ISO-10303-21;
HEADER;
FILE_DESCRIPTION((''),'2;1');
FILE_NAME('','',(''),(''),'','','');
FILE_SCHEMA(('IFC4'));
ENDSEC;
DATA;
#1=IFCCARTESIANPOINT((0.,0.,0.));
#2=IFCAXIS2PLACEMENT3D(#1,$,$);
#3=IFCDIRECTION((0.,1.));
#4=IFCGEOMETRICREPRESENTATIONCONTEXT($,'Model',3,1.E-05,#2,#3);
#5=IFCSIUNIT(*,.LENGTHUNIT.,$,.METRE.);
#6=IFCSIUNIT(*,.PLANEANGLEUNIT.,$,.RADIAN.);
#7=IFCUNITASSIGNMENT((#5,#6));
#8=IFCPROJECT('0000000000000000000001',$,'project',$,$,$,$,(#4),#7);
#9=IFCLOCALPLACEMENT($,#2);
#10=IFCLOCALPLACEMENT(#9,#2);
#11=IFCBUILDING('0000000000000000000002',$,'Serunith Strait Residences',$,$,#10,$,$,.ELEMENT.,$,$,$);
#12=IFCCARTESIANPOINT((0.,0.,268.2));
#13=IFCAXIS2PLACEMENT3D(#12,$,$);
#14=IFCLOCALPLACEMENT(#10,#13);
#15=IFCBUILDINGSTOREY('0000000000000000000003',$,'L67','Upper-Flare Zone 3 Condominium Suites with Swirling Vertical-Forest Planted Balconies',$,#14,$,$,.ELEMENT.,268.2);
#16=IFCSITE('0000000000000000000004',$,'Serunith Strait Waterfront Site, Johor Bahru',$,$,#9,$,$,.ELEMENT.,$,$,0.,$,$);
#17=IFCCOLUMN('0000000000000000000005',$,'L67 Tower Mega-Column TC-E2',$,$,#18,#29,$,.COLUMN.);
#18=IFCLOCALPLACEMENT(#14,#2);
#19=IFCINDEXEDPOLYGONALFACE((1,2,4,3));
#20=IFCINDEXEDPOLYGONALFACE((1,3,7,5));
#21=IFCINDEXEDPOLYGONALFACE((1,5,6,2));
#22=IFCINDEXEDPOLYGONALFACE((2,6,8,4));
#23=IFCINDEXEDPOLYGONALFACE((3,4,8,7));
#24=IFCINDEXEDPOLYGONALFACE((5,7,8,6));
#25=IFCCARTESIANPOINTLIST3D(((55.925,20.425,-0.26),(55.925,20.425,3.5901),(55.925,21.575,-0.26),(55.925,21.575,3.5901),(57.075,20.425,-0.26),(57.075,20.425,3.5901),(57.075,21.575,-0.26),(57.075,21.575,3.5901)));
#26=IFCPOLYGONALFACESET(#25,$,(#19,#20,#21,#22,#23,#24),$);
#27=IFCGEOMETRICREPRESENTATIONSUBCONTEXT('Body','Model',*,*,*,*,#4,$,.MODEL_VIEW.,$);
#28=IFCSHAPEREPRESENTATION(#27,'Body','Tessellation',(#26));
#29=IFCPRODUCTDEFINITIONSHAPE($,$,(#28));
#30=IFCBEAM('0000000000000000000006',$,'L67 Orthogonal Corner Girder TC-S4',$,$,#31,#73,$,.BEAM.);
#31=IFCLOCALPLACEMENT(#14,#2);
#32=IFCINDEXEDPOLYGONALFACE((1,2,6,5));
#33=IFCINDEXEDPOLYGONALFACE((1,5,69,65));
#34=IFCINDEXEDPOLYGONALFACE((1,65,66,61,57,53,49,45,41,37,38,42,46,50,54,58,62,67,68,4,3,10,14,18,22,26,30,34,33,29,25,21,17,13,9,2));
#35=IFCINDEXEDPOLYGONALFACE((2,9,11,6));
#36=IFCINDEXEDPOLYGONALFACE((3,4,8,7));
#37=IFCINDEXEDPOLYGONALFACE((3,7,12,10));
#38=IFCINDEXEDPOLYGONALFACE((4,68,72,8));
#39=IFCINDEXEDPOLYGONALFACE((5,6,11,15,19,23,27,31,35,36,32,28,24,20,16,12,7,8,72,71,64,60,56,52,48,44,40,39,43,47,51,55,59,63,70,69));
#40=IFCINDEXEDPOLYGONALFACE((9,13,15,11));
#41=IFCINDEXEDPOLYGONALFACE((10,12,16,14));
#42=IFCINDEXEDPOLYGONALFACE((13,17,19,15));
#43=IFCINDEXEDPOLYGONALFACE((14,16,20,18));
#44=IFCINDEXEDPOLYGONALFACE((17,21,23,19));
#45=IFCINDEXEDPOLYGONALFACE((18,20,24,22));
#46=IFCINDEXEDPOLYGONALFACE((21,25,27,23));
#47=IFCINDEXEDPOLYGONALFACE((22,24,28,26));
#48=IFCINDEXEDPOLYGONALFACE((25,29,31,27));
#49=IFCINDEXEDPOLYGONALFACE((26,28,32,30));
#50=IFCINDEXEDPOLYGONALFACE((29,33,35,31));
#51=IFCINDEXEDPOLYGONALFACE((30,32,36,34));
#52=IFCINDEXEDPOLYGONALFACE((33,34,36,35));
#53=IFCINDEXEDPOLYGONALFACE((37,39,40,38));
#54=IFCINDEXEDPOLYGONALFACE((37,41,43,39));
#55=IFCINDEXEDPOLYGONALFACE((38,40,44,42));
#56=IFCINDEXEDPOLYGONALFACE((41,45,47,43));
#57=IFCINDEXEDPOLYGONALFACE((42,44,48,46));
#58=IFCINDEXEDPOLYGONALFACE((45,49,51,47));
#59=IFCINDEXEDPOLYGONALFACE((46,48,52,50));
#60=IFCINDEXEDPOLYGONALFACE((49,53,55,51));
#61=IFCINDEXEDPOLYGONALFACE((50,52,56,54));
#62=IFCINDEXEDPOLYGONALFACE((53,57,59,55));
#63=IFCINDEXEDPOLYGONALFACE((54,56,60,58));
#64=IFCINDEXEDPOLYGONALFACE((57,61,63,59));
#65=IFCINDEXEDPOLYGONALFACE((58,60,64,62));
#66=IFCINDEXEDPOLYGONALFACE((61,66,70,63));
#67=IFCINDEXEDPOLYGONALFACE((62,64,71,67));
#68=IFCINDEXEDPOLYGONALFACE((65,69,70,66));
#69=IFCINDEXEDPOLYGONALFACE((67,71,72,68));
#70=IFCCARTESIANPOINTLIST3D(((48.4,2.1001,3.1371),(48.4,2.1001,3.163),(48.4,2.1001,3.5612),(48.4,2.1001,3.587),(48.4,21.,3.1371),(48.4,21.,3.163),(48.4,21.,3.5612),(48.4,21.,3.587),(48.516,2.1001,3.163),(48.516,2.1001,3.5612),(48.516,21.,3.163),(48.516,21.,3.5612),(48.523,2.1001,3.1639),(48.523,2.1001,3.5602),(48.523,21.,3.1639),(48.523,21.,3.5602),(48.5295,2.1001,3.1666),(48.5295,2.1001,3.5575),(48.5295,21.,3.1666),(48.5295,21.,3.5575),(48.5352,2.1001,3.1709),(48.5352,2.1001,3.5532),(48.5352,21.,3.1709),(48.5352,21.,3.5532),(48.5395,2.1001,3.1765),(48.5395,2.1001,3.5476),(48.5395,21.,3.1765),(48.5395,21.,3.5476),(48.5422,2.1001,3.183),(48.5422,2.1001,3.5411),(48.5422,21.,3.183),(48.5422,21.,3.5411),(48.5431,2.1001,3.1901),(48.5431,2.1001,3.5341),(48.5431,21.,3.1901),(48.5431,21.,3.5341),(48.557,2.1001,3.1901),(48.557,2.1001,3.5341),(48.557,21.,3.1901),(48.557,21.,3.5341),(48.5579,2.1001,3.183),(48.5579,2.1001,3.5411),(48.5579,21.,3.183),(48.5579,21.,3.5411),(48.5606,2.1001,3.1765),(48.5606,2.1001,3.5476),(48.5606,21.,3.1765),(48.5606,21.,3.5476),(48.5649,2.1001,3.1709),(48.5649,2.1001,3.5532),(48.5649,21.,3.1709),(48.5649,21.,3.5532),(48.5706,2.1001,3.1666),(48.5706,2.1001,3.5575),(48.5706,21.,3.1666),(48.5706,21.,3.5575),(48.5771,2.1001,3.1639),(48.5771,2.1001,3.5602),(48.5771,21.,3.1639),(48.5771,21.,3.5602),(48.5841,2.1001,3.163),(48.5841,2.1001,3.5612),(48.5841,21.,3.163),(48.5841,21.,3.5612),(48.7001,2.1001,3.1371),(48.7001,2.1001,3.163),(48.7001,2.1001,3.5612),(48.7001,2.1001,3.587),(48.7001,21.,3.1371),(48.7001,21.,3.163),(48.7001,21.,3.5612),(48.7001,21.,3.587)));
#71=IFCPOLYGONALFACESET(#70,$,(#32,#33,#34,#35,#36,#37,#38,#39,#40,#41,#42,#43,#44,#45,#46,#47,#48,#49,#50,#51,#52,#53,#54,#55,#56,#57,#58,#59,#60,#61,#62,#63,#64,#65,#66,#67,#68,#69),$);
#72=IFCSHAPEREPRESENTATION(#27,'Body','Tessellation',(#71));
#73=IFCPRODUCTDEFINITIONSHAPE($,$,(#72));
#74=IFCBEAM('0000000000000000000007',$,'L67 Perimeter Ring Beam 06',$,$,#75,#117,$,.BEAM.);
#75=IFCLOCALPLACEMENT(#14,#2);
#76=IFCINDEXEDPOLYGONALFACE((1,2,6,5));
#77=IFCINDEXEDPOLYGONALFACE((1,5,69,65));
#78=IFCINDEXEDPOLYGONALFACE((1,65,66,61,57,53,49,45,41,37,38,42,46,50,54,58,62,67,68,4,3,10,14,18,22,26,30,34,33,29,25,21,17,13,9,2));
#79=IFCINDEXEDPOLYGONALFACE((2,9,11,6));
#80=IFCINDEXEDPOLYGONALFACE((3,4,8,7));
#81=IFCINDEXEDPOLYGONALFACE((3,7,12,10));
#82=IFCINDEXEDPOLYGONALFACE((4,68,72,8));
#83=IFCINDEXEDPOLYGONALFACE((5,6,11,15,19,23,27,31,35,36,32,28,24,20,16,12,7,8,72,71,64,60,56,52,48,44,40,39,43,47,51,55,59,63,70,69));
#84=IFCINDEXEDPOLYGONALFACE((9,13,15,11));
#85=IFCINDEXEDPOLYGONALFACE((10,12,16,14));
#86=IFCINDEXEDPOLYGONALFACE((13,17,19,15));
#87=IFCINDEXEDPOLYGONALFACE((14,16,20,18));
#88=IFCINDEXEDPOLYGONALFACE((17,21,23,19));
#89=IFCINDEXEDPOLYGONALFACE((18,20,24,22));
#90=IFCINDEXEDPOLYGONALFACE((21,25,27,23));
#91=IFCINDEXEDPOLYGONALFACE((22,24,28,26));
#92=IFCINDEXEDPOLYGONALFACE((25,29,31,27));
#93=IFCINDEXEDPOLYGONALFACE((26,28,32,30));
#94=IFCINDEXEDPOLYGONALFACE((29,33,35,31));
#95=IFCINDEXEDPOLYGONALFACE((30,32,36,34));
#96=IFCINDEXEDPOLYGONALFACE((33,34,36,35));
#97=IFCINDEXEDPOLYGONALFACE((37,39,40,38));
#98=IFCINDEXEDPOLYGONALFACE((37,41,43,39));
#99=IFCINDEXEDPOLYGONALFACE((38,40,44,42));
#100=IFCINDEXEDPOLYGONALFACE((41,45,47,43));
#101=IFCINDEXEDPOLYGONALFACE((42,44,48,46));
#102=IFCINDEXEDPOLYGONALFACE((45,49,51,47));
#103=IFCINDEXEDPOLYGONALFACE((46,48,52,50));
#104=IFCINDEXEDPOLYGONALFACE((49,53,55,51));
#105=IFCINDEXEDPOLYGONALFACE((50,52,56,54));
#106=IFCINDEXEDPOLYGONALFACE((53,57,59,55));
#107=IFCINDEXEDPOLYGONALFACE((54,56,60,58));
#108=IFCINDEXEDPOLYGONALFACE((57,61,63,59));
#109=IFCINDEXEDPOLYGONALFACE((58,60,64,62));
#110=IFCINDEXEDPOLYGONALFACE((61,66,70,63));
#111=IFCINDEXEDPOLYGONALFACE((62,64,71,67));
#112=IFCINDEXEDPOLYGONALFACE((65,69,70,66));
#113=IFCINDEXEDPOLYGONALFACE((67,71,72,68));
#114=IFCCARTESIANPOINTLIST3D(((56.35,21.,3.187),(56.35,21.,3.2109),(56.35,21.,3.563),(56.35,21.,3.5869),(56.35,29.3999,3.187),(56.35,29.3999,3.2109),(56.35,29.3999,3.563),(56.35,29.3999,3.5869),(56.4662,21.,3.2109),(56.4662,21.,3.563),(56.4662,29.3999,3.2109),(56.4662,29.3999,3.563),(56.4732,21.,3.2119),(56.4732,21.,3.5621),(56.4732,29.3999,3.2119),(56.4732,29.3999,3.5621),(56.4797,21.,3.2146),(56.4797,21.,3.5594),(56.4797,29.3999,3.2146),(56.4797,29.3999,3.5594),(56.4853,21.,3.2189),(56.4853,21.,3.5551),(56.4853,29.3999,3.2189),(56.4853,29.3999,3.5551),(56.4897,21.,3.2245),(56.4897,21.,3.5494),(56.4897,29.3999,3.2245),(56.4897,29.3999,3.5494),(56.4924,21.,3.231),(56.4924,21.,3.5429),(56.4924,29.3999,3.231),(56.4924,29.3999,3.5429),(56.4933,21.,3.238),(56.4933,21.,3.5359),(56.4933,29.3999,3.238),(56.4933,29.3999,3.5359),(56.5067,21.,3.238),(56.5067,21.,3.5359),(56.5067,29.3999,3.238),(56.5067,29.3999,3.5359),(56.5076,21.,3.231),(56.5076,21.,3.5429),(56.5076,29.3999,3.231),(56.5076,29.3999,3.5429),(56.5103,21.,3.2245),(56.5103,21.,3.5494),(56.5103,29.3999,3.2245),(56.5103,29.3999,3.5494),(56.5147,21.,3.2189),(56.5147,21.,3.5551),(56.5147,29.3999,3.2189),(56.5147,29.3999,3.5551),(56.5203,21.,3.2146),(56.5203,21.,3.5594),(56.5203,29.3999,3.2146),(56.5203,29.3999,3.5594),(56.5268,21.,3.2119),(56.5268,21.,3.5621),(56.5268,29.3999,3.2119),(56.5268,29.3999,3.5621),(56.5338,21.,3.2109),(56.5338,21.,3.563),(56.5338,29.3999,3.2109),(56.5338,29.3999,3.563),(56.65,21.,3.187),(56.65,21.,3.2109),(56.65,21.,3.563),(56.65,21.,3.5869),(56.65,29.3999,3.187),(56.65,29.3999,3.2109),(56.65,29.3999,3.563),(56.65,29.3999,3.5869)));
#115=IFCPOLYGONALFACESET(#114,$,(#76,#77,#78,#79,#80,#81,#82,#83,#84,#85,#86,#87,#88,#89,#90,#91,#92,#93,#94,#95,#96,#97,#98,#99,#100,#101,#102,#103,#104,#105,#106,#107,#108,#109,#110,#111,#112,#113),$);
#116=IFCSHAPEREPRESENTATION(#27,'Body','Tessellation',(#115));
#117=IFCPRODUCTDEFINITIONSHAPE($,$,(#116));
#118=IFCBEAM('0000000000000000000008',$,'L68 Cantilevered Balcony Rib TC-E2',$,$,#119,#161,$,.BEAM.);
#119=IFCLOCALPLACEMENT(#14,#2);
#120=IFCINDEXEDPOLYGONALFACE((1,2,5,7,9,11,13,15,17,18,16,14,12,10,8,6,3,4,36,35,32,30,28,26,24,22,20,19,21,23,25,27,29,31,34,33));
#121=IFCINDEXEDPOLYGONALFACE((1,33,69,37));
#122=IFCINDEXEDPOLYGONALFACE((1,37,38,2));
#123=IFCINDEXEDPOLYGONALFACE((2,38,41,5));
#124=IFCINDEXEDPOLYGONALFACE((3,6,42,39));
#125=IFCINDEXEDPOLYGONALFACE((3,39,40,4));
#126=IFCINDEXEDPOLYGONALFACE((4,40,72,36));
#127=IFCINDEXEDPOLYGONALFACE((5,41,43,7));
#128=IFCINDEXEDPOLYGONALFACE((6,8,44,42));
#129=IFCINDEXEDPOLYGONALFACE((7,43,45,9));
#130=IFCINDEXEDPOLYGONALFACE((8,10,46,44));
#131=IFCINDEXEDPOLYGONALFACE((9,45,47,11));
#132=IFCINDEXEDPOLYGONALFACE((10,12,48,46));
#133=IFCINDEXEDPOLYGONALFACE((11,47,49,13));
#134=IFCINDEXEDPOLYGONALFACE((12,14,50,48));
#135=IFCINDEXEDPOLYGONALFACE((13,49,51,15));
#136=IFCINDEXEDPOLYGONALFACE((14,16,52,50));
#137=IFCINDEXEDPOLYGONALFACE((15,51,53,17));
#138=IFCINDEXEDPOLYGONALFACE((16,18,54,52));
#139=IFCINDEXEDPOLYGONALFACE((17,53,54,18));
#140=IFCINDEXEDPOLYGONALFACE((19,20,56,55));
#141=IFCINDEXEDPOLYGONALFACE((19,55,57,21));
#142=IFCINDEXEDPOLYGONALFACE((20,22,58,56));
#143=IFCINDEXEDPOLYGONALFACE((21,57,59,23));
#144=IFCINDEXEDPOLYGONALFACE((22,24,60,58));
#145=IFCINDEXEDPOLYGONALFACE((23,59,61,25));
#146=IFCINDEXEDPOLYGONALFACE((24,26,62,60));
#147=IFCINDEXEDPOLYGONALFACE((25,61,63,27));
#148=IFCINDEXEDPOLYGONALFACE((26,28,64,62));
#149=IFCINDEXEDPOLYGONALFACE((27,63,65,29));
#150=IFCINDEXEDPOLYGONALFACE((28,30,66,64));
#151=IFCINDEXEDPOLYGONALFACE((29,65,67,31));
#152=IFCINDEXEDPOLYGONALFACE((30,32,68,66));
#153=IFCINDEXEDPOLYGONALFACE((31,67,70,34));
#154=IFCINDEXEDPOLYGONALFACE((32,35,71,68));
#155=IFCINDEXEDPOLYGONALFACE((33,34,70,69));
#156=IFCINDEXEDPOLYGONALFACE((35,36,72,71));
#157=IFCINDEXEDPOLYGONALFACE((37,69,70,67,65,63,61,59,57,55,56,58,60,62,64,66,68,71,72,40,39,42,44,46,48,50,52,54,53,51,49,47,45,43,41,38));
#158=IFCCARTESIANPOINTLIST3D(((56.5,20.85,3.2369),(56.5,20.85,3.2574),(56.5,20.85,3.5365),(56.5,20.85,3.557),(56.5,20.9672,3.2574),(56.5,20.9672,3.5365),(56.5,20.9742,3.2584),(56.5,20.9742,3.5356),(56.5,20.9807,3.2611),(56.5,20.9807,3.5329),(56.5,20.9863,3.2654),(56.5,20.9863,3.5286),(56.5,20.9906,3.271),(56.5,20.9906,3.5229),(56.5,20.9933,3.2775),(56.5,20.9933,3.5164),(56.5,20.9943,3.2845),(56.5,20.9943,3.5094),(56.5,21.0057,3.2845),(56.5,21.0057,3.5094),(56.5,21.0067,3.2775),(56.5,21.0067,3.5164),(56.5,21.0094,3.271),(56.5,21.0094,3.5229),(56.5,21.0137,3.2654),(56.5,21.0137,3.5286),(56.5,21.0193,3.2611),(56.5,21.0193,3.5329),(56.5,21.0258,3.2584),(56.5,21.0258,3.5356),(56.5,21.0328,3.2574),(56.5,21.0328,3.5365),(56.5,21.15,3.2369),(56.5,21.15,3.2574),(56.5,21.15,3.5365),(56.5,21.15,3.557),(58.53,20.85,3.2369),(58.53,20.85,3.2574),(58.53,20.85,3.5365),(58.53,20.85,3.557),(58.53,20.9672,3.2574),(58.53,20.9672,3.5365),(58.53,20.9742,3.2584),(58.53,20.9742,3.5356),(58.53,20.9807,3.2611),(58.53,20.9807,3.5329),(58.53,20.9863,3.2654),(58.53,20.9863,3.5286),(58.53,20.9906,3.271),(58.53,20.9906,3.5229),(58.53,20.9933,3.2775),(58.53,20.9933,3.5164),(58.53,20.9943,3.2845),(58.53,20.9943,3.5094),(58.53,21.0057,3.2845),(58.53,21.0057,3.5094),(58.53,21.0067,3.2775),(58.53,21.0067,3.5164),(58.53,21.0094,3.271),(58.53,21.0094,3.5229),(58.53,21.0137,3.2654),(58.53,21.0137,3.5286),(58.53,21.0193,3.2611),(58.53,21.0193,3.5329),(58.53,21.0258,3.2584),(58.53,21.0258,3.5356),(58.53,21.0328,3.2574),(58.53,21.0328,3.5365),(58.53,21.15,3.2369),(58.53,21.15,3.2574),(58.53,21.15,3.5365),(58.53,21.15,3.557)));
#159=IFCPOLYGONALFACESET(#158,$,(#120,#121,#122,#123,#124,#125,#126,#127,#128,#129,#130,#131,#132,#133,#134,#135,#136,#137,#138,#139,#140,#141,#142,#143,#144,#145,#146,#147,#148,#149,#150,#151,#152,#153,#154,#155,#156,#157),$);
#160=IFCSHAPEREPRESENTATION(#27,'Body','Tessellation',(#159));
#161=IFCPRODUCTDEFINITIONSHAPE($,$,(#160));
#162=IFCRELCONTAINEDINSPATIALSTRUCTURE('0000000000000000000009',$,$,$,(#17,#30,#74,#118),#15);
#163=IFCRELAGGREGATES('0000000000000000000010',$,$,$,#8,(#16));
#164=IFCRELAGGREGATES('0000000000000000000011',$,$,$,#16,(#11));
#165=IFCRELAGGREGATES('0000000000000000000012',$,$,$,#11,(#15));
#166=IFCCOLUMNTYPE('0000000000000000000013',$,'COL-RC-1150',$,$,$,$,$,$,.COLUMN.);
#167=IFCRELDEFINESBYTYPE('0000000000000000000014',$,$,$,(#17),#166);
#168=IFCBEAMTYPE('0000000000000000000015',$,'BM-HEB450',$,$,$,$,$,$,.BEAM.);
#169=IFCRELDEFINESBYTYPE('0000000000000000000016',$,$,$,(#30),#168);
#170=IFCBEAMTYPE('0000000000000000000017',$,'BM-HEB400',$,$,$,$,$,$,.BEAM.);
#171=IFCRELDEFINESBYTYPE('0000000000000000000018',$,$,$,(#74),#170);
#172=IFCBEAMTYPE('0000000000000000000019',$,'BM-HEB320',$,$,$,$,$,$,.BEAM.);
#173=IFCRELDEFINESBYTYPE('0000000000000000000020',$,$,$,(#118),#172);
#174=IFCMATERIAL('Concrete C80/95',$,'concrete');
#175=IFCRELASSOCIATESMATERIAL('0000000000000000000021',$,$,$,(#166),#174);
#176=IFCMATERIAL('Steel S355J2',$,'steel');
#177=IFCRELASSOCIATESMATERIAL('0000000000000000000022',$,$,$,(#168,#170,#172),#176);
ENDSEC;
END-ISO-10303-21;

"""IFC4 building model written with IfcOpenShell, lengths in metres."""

from ifc_helpers import new_model, si_unit, direction, frame, origin, origin_2d, place, context, subcontext, project, spatial, rectangle, i_section, extrude, source, transform, mapped, material, material_profile, profile_set, type_object, element, save


model = new_model("IFC4")

# Units and contexts
model_context = context("Model", 3, precision=1e-05, world=origin(), true_north=direction((0.0, 1.0)))
body_context = subcontext(model_context, "Body", "Model", "MODEL_VIEW")
ifc_project = project(units=[si_unit("LENGTHUNIT", "METRE"), si_unit("PLANEANGLEUNIT", "RADIAN")], contexts=[model_context])

# Site, building, storey
site_placement = place(None, origin())
site = spatial("IfcSite", under=ifc_project, at=site_placement, Name="Serunith Strait Waterfront Site, Johor Bahru", CompositionType="ELEMENT", RefElevation=0.0)
building_placement = place(site_placement, origin())
building = spatial("IfcBuilding", under=site, at=building_placement, Name="Serunith Strait Residences", CompositionType="ELEMENT")
storey_placement = place(building_placement, frame((0.0, 0.0, 268.2)))
storey = spatial("IfcBuildingStorey", under=building, at=storey_placement, Name="L67", Description="Upper-Flare Zone 3 Condominium Suites with Swirling Vertical-Forest Planted Balconies", CompositionType="ELEMENT", Elevation=268.2)

# Column
ifc_material_1 = material(Name="Concrete C80/95", Category="concrete")
ifc_material_profile_1 = material_profile(ifc_material_1, rectangle(XDim=1.1499, YDim=1.1499, at=origin_2d()), Name="RC 1150x1150")
ifc_profile_set_1 = profile_set([ifc_material_profile_1], Name="Concrete C80/95")
column_type = type_object("IfcColumnType", Name="COL-RC-1150", PredefinedType="COLUMN", material=ifc_profile_set_1)
shared_shape_1 = source(origin(), body_context, "Body", "SweptSolid", [
    extrude(rectangle(XDim=1.1499, YDim=1.1499, at=origin_2d()), origin(), (0.0, 0.0, 1.0), 3.8501),
])
column_placement = place(storey_placement, frame((56.5, 21.0, -0.26), z_axis=(0.0, 0.0, 1.0), x_axis=(1.0, 0.0, 0.0)))
element("IfcColumn", 1, at=column_placement, inside=storey, type_object=column_type, Name="L67 Tower Mega-Column TC-E2", PredefinedType="COLUMN", context=body_context, shape_type="MappedRepresentation", body=[
    mapped(shared_shape_1, transform((0.0, 0.0, 0.0), scale=1.0)),
])

# Beams
ifc_material_2 = material(Name="Steel S355J2", Category="steel")
ifc_material_profile_2 = material_profile(ifc_material_2, i_section(OverallWidth=0.3, OverallDepth=0.45, WebThickness=0.0139, FlangeThickness=0.0259, FilletRadius=0.0271, at=origin_2d()), Name="HEB 450")
ifc_profile_set_2 = profile_set([ifc_material_profile_2], Name="Steel S355J2")
beam_type_1 = type_object("IfcBeamType", Name="BM-HEB450", PredefinedType="BEAM", material=ifc_profile_set_2)
shared_shape_2 = source(origin(), body_context, "Body", "SweptSolid", [
    extrude(i_section(OverallWidth=0.3, OverallDepth=0.45, WebThickness=0.0139, FlangeThickness=0.0259, FilletRadius=0.0271, at=origin_2d()), origin(), (0.0, 0.0, 1.0), 18.8999),
])
beam_1_placement = place(storey_placement, frame((48.55, 21.0, 3.3621), z_axis=(0.0, -1.0, 0.0), x_axis=(1.0, 0.0, 0.0)))
element("IfcBeam", 2, at=beam_1_placement, inside=storey, type_object=beam_type_1, Name="L67 Orthogonal Corner Girder TC-S4", PredefinedType="BEAM", context=body_context, shape_type="MappedRepresentation", body=[
    mapped(shared_shape_2, transform((0.0, 0.0, 0.0), scale=1.0)),
])
ifc_material_profile_3 = material_profile(ifc_material_2, i_section(OverallWidth=0.3, OverallDepth=0.3999, WebThickness=0.0134, FlangeThickness=0.0239, FilletRadius=0.0271, at=origin_2d()), Name="HEB 400")
ifc_profile_set_3 = profile_set([ifc_material_profile_3], Name="Steel S355J2")
beam_type_2 = type_object("IfcBeamType", Name="BM-HEB400", PredefinedType="BEAM", material=ifc_profile_set_3)
shared_shape_3 = source(origin(), body_context, "Body", "SweptSolid", [
    extrude(i_section(OverallWidth=0.3, OverallDepth=0.3999, WebThickness=0.0134, FlangeThickness=0.0239, FilletRadius=0.0271, at=origin_2d()), origin(), (0.0, 0.0, 1.0), 8.3999),
])
beam_2_placement = place(storey_placement, frame((56.5, 21.0, 3.387), z_axis=(0.0, 1.0, 0.0), x_axis=(-1.0, 0.0, 0.0)))
element("IfcBeam", 3, at=beam_2_placement, inside=storey, type_object=beam_type_2, Name="L67 Perimeter Ring Beam 06", PredefinedType="BEAM", context=body_context, shape_type="MappedRepresentation", body=[
    mapped(shared_shape_3, transform((0.0, 0.0, 0.0), scale=1.0)),
])
ifc_material_profile_4 = material_profile(ifc_material_2, i_section(OverallWidth=0.3, OverallDepth=0.3201, WebThickness=0.0115, FlangeThickness=0.0205, FilletRadius=0.0271, at=origin_2d()), Name="HEB 320")
ifc_profile_set_4 = profile_set([ifc_material_profile_4], Name="Steel S355J2")
beam_type_3 = type_object("IfcBeamType", Name="BM-HEB320", PredefinedType="BEAM", material=ifc_profile_set_4)
shared_shape_4 = source(origin(), body_context, "Body", "SweptSolid", [
    extrude(i_section(OverallWidth=0.3, OverallDepth=0.3201, WebThickness=0.0115, FlangeThickness=0.0205, FilletRadius=0.0271, at=origin_2d()), origin(), (0.0, 0.0, 1.0), 2.03),
])
beam_3_placement = place(storey_placement, frame((56.5, 21.0, 3.397), z_axis=(1.0, 0.0, 0.0), x_axis=(0.0, 1.0, 0.0)))
element("IfcBeam", 4, at=beam_3_placement, inside=storey, type_object=beam_type_3, Name="L68 Cantilevered Balcony Rib TC-E2", PredefinedType="BEAM", context=body_context, shape_type="MappedRepresentation", body=[
    mapped(shared_shape_4, transform((0.0, 0.0, 0.0), scale=1.0)),
])

save(model, "model.ifc")
